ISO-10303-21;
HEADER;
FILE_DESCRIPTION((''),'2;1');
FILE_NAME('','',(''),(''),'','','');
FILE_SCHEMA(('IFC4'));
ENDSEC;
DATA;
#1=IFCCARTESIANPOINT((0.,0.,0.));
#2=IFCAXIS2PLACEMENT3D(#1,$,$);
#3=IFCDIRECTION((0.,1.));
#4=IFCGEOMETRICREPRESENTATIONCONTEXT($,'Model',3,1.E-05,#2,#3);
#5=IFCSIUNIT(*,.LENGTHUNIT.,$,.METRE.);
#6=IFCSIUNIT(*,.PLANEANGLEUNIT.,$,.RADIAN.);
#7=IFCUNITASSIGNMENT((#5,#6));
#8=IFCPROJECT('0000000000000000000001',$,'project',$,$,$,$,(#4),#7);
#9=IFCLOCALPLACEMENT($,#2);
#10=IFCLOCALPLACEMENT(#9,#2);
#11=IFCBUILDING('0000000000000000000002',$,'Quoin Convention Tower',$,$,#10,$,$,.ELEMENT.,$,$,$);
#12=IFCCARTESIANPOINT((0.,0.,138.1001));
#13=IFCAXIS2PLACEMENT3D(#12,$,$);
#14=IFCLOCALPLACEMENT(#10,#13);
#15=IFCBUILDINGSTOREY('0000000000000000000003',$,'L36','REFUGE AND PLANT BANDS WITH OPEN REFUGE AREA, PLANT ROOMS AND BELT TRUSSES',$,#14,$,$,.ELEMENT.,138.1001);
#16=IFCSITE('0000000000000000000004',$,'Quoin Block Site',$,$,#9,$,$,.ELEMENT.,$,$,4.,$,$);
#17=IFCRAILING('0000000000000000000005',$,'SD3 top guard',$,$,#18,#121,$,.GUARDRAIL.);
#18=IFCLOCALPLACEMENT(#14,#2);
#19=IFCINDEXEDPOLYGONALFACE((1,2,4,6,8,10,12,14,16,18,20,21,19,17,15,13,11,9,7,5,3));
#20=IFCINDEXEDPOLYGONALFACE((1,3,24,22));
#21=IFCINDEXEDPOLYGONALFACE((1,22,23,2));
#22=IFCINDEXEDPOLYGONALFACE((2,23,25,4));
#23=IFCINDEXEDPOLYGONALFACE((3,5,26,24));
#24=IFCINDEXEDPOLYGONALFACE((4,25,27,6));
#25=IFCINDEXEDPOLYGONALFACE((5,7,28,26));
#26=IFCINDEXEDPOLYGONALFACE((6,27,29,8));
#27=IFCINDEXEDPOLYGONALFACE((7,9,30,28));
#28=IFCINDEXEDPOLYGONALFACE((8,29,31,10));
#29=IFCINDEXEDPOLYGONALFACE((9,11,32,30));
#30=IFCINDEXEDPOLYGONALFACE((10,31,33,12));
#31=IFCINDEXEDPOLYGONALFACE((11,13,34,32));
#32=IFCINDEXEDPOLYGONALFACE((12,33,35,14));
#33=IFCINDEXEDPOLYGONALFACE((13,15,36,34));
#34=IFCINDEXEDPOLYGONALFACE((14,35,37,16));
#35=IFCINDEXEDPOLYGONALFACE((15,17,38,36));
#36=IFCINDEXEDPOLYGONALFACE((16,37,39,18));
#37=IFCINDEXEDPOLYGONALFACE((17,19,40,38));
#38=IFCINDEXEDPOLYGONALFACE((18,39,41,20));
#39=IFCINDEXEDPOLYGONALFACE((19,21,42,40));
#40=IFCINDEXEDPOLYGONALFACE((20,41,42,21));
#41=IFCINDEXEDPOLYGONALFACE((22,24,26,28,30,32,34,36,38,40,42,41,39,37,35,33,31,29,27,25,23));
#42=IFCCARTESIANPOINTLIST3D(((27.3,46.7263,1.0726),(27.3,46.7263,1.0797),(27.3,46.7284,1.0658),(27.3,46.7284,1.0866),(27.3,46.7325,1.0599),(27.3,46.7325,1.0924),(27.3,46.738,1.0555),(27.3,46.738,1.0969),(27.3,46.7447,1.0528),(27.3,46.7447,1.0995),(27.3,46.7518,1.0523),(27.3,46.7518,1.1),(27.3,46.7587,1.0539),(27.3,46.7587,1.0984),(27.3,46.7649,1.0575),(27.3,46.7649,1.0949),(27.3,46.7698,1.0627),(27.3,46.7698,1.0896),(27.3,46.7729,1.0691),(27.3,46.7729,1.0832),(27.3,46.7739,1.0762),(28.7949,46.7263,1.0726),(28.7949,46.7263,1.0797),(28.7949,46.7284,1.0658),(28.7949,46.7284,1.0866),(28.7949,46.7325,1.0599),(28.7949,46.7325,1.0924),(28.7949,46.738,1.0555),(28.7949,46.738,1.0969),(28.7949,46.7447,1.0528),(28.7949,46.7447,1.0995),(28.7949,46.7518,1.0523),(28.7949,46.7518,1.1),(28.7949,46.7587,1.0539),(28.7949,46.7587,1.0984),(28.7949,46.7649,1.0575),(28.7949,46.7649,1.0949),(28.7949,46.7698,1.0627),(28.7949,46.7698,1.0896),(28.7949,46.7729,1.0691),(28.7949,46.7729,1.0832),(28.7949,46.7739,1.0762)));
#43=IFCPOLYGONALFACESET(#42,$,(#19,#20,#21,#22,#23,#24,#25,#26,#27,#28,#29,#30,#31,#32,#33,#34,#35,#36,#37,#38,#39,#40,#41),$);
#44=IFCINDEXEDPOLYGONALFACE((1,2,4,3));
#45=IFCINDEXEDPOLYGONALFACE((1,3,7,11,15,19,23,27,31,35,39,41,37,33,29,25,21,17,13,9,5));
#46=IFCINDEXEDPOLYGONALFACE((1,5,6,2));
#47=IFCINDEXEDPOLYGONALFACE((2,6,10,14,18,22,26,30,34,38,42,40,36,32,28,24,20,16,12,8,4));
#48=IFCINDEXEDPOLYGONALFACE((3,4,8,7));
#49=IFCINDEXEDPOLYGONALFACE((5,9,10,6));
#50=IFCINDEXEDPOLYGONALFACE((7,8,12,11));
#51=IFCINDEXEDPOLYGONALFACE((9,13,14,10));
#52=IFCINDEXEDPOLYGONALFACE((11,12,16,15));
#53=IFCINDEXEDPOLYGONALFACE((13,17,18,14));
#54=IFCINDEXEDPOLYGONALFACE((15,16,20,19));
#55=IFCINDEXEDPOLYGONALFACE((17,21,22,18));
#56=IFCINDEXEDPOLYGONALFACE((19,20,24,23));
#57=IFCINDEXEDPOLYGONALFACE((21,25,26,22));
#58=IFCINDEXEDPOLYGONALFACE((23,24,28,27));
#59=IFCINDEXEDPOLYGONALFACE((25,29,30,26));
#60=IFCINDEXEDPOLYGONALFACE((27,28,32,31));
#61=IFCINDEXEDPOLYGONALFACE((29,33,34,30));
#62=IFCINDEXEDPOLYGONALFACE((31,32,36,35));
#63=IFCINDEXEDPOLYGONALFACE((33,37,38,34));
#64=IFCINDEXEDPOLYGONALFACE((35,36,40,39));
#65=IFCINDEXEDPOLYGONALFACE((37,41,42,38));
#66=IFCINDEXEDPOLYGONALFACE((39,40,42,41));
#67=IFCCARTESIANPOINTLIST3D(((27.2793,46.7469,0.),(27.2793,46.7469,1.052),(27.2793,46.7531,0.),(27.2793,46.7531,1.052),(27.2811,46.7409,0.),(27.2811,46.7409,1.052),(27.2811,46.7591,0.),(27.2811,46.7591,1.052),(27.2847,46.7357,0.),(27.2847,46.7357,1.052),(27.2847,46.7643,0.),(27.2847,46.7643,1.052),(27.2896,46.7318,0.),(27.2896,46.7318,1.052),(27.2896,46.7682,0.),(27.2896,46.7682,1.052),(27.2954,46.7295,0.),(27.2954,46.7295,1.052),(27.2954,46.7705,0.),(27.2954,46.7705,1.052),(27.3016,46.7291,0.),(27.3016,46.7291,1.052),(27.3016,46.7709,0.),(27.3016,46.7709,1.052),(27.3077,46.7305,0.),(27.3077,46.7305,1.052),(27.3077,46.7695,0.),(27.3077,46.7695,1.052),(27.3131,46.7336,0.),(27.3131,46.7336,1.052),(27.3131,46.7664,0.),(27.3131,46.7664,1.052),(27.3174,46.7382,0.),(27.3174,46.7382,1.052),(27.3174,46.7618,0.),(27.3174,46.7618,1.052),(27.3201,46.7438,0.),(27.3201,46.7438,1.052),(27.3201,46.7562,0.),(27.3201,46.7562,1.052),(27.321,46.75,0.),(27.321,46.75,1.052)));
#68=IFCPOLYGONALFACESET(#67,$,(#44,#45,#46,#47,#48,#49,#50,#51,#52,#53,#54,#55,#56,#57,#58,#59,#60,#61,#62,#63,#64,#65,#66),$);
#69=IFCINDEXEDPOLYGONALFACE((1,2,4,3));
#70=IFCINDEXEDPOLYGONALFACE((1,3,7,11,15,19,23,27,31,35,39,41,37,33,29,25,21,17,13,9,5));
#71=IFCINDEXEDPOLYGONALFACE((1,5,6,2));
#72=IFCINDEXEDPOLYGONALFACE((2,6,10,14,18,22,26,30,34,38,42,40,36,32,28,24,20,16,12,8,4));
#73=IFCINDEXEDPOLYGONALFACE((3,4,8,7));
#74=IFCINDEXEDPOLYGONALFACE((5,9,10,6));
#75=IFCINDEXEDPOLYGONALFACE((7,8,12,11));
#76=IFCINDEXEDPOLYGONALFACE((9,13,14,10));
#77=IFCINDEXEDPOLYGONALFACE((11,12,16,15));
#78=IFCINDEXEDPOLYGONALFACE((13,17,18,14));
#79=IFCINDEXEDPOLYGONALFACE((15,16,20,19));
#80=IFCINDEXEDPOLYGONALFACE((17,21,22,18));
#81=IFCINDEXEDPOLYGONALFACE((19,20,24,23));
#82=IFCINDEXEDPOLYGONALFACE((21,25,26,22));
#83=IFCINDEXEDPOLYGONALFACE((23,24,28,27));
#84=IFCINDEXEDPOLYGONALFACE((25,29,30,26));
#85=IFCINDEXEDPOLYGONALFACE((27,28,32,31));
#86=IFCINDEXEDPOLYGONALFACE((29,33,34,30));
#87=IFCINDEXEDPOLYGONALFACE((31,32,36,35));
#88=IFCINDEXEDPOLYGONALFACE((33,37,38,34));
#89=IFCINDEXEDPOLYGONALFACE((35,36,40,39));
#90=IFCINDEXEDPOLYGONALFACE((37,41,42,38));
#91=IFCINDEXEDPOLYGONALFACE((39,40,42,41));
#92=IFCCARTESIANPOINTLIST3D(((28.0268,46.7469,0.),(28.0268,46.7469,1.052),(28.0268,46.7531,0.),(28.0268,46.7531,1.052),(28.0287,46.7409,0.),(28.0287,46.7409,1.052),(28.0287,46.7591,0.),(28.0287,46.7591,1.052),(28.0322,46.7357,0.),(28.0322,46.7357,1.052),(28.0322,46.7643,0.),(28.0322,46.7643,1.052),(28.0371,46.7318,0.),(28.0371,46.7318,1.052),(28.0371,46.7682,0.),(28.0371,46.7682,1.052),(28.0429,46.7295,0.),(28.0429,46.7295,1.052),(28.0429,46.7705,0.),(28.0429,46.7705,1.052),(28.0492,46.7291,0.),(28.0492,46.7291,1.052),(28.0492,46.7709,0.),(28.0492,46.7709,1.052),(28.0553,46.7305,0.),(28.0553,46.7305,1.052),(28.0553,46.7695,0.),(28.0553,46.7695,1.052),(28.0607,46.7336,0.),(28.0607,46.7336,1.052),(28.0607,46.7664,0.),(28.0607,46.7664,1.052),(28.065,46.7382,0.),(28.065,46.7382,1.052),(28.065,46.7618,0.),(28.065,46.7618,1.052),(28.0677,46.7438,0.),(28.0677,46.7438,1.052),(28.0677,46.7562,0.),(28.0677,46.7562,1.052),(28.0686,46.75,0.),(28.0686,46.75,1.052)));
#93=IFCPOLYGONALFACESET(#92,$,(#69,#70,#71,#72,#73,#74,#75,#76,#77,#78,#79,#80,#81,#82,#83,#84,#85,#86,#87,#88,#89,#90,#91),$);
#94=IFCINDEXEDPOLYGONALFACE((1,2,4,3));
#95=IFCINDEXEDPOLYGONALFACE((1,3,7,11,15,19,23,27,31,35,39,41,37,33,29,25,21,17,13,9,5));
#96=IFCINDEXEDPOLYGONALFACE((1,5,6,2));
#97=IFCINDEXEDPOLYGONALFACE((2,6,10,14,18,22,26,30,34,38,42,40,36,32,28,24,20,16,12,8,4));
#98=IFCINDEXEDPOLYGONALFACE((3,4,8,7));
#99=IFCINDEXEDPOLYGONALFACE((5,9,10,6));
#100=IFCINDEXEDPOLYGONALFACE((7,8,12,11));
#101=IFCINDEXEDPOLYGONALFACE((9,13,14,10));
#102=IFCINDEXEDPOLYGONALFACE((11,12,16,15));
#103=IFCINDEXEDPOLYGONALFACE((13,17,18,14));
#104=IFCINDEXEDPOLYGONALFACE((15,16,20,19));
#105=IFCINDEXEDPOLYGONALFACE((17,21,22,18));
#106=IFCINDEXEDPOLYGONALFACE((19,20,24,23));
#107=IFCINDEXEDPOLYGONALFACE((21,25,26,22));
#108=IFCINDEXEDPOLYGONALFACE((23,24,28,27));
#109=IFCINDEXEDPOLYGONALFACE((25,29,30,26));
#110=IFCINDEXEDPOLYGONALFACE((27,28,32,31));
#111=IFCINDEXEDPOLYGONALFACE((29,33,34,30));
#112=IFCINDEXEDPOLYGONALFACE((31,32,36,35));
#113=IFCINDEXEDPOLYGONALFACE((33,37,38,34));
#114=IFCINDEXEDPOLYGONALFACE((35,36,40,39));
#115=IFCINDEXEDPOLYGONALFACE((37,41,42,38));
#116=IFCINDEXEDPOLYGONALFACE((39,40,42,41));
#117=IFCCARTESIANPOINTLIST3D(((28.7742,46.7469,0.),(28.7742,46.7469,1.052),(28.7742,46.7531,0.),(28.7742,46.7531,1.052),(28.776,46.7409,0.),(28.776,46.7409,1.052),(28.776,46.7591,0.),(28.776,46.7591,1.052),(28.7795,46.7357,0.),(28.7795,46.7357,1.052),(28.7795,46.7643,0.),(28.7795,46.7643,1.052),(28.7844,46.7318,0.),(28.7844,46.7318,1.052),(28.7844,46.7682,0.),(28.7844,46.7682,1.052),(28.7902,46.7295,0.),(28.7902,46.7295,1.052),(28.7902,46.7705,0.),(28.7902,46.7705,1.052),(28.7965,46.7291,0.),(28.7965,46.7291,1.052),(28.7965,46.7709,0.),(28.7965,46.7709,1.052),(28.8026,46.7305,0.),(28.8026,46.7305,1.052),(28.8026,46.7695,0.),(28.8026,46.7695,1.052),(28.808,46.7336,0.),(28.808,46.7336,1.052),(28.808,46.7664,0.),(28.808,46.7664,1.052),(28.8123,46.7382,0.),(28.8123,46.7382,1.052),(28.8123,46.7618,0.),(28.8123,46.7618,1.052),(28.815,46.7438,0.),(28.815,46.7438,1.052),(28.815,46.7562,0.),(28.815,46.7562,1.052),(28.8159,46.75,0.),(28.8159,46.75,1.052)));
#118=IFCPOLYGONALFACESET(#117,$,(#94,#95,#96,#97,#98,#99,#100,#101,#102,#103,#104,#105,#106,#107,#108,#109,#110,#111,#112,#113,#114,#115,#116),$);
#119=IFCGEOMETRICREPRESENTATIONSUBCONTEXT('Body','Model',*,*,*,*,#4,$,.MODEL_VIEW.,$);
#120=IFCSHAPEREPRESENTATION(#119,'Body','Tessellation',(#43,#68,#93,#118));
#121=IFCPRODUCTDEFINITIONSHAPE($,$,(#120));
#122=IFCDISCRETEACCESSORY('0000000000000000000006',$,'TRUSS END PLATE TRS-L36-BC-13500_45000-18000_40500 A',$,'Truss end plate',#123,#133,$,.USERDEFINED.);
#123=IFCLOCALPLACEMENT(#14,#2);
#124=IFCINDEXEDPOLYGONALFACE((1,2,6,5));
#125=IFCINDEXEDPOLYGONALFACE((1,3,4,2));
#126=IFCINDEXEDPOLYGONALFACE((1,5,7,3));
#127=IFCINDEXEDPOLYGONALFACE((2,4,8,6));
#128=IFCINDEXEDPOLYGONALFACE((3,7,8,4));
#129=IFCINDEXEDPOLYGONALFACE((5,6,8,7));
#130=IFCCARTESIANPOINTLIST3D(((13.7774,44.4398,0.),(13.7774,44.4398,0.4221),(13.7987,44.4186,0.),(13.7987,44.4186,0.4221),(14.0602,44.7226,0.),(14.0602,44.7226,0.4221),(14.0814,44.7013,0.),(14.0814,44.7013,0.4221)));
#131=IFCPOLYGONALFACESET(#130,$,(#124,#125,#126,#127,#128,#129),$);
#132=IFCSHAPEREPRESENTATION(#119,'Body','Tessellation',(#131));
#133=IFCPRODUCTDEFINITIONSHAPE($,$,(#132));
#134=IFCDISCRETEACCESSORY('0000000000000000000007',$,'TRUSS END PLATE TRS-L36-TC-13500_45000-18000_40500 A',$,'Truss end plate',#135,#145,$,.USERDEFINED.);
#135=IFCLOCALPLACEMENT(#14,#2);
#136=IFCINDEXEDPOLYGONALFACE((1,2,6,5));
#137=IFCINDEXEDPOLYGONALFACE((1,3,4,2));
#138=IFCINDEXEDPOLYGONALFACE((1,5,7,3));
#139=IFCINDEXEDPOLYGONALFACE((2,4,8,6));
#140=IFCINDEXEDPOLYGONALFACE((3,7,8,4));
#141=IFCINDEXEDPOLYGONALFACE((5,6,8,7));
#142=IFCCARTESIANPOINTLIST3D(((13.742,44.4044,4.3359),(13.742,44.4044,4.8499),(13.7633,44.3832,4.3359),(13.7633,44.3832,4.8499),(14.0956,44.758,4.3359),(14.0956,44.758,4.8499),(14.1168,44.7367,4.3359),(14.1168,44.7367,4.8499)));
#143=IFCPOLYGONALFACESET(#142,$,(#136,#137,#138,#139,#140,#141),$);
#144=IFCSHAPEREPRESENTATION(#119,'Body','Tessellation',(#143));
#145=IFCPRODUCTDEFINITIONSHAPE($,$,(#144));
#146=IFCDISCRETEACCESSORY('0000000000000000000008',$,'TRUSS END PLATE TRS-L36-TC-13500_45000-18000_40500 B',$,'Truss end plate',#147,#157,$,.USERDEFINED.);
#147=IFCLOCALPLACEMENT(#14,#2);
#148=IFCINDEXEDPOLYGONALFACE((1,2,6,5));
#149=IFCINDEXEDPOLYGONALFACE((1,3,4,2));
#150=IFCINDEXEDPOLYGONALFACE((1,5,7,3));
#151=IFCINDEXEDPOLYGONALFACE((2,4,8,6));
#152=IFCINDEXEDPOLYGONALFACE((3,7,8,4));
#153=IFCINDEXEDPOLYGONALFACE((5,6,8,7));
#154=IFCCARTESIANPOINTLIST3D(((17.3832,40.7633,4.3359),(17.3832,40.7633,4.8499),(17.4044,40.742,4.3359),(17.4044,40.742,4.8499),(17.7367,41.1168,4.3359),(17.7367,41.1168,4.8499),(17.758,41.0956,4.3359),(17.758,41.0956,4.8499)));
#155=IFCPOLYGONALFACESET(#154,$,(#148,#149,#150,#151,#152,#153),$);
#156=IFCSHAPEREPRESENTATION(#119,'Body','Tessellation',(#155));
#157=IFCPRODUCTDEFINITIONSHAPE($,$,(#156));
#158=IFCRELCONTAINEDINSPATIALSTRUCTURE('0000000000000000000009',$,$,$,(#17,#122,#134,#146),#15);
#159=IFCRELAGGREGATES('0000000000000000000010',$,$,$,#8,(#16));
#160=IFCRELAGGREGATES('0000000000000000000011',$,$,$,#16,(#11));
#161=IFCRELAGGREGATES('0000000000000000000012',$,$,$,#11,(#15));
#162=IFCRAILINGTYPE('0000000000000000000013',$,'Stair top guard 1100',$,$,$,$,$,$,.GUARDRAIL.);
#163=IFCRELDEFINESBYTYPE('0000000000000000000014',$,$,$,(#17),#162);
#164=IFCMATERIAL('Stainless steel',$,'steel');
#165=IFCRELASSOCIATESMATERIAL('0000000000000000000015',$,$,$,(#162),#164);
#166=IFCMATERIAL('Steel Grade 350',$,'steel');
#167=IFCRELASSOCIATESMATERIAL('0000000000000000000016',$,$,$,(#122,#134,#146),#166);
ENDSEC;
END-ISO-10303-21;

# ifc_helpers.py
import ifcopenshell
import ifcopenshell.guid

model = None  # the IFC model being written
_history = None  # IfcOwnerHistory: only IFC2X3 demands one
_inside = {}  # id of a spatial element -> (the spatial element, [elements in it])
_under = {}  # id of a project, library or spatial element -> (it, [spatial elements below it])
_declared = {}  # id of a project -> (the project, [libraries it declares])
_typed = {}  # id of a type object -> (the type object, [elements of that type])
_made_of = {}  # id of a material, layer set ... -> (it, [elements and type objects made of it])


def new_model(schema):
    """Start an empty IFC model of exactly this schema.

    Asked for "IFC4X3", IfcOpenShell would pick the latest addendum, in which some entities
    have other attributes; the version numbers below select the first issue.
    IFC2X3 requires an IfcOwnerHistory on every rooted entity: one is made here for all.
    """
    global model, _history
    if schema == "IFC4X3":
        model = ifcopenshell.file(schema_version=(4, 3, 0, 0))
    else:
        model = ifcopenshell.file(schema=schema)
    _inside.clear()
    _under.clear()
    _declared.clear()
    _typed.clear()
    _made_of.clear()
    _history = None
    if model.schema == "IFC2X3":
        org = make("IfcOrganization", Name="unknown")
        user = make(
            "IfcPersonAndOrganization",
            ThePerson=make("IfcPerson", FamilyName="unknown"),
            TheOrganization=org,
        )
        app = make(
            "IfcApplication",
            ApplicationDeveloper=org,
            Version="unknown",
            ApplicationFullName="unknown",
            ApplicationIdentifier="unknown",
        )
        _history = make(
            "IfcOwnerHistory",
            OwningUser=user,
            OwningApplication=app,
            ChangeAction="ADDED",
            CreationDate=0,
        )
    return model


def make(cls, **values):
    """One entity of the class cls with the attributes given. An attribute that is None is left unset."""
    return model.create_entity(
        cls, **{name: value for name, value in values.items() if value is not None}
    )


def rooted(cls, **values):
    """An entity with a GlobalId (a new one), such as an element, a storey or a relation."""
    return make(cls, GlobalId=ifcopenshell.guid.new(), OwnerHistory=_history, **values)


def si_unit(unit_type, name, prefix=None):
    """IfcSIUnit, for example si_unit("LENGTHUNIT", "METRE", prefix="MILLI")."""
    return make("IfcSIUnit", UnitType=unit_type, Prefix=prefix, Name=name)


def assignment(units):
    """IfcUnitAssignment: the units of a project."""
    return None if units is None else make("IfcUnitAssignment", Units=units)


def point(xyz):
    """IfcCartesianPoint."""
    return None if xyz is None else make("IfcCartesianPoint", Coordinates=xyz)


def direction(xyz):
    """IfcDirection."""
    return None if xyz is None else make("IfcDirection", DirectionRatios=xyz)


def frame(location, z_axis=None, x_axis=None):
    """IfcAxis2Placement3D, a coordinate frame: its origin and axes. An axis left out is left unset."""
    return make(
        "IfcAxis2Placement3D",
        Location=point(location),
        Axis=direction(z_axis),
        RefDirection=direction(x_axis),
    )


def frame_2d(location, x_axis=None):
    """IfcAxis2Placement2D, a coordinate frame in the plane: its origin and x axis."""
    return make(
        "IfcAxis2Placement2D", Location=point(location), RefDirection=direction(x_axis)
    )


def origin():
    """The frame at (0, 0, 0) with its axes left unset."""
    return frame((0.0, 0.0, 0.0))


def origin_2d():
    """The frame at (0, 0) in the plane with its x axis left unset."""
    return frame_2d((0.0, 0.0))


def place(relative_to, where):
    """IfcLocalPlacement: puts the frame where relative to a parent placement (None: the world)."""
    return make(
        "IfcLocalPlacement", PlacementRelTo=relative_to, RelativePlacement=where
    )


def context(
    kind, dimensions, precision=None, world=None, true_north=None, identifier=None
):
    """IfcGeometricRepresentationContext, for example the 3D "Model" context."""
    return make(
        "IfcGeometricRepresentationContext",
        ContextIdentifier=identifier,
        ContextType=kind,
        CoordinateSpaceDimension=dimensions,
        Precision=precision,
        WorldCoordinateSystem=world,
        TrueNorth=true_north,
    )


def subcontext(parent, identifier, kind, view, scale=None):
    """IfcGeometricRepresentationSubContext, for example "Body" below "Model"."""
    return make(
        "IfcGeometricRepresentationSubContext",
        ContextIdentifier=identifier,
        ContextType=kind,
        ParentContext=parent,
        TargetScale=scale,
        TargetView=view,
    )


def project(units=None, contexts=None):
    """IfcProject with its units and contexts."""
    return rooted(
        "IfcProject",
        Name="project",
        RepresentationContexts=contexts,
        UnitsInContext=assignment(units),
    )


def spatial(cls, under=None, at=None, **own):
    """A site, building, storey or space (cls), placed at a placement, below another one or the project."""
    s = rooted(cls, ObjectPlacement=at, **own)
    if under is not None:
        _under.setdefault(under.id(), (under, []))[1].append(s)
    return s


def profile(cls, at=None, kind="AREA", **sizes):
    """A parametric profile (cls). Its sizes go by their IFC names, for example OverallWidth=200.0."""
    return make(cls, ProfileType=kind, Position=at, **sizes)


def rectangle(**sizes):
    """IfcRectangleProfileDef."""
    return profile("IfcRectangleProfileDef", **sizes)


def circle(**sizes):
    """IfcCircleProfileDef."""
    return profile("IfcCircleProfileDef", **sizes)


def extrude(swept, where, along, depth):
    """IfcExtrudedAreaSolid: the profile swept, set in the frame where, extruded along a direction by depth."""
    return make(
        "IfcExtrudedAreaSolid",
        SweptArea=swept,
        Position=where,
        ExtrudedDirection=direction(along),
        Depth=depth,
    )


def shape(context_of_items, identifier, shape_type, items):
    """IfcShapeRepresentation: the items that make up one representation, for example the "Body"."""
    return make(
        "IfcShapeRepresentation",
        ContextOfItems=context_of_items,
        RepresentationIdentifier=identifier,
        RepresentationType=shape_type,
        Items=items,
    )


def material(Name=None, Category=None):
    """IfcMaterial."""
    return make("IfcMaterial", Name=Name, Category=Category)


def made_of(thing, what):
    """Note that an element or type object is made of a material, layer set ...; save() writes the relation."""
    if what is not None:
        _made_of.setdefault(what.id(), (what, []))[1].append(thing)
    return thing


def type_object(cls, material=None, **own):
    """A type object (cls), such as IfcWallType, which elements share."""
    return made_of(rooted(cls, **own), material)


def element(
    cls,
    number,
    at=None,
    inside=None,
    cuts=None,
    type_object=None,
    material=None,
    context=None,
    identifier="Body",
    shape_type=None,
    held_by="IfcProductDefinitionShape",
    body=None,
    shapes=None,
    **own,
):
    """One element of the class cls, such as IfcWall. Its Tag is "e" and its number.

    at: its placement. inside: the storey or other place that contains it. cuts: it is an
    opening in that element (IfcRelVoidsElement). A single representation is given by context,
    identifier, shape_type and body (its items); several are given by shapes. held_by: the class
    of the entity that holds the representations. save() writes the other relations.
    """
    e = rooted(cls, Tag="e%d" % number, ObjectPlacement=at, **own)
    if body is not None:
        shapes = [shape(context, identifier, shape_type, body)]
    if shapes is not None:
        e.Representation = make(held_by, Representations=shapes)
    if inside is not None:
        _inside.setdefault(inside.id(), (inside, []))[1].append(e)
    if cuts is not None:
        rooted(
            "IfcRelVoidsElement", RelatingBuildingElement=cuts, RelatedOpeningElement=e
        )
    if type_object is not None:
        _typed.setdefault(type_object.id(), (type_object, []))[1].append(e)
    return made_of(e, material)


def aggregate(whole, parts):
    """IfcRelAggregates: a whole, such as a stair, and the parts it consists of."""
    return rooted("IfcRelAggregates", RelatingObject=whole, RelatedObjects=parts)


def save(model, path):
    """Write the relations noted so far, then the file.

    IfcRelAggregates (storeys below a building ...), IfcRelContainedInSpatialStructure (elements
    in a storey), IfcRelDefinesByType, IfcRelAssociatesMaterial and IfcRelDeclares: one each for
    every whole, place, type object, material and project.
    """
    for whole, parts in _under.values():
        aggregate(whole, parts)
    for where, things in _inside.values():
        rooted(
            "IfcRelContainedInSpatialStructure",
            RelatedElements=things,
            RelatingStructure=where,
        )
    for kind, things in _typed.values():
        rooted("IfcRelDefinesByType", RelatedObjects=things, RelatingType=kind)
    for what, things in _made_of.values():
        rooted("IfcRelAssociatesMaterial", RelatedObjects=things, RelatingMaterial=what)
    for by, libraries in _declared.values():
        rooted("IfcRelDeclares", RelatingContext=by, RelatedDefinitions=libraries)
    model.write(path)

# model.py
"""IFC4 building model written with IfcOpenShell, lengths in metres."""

from ifc_helpers import new_model, si_unit, direction, frame, origin, origin_2d, place, context, subcontext, project, spatial, rectangle, circle, extrude, material, type_object, element, save


model = new_model("IFC4")

# Units and contexts
model_context = context("Model", 3, precision=1e-05, world=origin(), true_north=direction((0.0, 1.0)))
body_context = subcontext(model_context, "Body", "Model", "MODEL_VIEW")
ifc_project = project(units=[si_unit("LENGTHUNIT", "METRE"), si_unit("PLANEANGLEUNIT", "RADIAN")], contexts=[model_context])

# Site, building, storey
site_placement = place(None, origin())
site = spatial("IfcSite", under=ifc_project, at=site_placement, Name="Quoin Block Site", CompositionType="ELEMENT", RefElevation=4.0)
building_placement = place(site_placement, origin())
building = spatial("IfcBuilding", under=site, at=building_placement, Name="Quoin Convention Tower", CompositionType="ELEMENT")
storey_placement = place(building_placement, frame((0.0, 0.0, 138.1001)))
storey = spatial("IfcBuildingStorey", under=building, at=storey_placement, Name="L36", Description="REFUGE AND PLANT BANDS WITH OPEN REFUGE AREA, PLANT ROOMS AND BELT TRUSSES", CompositionType="ELEMENT", Elevation=138.1001)

# Railing
ifc_material_1 = material(Name="Stainless steel", Category="steel")
railing_type_1 = type_object("IfcRailingType", Name="Stair top guard 1100", PredefinedType="GUARDRAIL", material=ifc_material_1)
railing_1_placement = place(storey_placement, frame((27.3, 46.75, 0.0)))
element("IfcRailing", 1, at=railing_1_placement, inside=storey, type_object=railing_type_1, Name="SD3 top guard", PredefinedType="GUARDRAIL", context=body_context, shape_type="SweptSolid", body=[
    extrude(circle(Radius=0.0239, at=origin_2d()), frame((0.0, 0.0, 1.0762), z_axis=(1.0, 0.0, 0.0), x_axis=(0.0, 1.0, 0.0)), (0.0, 0.0, 1.0), 1.4949),
    extrude(circle(Radius=0.021, at=origin_2d()), origin(), (0.0, 0.0, 1.0), 1.052),
    extrude(circle(Radius=0.021, at=origin_2d()), frame((0.7476, 0.0, 0.0)), (0.0, 0.0, 1.0), 1.052),
    extrude(circle(Radius=0.021, at=origin_2d()), frame((1.4949, 0.0, 0.0)), (0.0, 0.0, 1.0), 1.052),
])

# Discrete accessories
ifc_material_2 = material(Name="Steel Grade 350", Category="steel")
discrete_accessory_placement = place(storey_placement, frame((13.9294, 44.5706, 0.0), z_axis=(0.0, 0.0, 1.0), x_axis=(-0.707107, 0.707107, 0.0)))
element("IfcDiscreteAccessory", 2, at=discrete_accessory_placement, inside=storey, material=ifc_material_2, Name="TRUSS END PLATE TRS-L36-BC-13500_45000-18000_40500 A", ObjectType="Truss end plate", PredefinedType="USERDEFINED", context=body_context, shape_type="SweptSolid", body=[
    extrude(rectangle(XDim=0.03, YDim=0.3999, at=origin_2d()), origin(), (0.0, 0.0, 1.0), 0.4221),
])
for number, where, z_axis, x_axis, name in (
    (3, (13.9294, 44.5706, 4.3359), (0.0, 0.0, 1.0), (-0.707107, 0.707107, 0.0), "TRUSS END PLATE TRS-L36-TC-13500_45000-18000_40500 A"),
    (4, (17.5706, 40.9294, 4.3359), (0.0, 0.0, 1.0), (0.707107, -0.707107, 0.0), "TRUSS END PLATE TRS-L36-TC-13500_45000-18000_40500 B"),
):
    element("IfcDiscreteAccessory", number, at=place(storey_placement, frame(where, z_axis=z_axis, x_axis=x_axis)), inside=storey, material=ifc_material_2, Name=name, ObjectType="Truss end plate", PredefinedType="USERDEFINED", context=body_context, shape_type="SweptSolid", body=[
        extrude(rectangle(XDim=0.03, YDim=0.5, at=origin_2d()), origin(), (0.0, 0.0, 1.0), 0.5139),
    ])

save(model, "model.ifc")
